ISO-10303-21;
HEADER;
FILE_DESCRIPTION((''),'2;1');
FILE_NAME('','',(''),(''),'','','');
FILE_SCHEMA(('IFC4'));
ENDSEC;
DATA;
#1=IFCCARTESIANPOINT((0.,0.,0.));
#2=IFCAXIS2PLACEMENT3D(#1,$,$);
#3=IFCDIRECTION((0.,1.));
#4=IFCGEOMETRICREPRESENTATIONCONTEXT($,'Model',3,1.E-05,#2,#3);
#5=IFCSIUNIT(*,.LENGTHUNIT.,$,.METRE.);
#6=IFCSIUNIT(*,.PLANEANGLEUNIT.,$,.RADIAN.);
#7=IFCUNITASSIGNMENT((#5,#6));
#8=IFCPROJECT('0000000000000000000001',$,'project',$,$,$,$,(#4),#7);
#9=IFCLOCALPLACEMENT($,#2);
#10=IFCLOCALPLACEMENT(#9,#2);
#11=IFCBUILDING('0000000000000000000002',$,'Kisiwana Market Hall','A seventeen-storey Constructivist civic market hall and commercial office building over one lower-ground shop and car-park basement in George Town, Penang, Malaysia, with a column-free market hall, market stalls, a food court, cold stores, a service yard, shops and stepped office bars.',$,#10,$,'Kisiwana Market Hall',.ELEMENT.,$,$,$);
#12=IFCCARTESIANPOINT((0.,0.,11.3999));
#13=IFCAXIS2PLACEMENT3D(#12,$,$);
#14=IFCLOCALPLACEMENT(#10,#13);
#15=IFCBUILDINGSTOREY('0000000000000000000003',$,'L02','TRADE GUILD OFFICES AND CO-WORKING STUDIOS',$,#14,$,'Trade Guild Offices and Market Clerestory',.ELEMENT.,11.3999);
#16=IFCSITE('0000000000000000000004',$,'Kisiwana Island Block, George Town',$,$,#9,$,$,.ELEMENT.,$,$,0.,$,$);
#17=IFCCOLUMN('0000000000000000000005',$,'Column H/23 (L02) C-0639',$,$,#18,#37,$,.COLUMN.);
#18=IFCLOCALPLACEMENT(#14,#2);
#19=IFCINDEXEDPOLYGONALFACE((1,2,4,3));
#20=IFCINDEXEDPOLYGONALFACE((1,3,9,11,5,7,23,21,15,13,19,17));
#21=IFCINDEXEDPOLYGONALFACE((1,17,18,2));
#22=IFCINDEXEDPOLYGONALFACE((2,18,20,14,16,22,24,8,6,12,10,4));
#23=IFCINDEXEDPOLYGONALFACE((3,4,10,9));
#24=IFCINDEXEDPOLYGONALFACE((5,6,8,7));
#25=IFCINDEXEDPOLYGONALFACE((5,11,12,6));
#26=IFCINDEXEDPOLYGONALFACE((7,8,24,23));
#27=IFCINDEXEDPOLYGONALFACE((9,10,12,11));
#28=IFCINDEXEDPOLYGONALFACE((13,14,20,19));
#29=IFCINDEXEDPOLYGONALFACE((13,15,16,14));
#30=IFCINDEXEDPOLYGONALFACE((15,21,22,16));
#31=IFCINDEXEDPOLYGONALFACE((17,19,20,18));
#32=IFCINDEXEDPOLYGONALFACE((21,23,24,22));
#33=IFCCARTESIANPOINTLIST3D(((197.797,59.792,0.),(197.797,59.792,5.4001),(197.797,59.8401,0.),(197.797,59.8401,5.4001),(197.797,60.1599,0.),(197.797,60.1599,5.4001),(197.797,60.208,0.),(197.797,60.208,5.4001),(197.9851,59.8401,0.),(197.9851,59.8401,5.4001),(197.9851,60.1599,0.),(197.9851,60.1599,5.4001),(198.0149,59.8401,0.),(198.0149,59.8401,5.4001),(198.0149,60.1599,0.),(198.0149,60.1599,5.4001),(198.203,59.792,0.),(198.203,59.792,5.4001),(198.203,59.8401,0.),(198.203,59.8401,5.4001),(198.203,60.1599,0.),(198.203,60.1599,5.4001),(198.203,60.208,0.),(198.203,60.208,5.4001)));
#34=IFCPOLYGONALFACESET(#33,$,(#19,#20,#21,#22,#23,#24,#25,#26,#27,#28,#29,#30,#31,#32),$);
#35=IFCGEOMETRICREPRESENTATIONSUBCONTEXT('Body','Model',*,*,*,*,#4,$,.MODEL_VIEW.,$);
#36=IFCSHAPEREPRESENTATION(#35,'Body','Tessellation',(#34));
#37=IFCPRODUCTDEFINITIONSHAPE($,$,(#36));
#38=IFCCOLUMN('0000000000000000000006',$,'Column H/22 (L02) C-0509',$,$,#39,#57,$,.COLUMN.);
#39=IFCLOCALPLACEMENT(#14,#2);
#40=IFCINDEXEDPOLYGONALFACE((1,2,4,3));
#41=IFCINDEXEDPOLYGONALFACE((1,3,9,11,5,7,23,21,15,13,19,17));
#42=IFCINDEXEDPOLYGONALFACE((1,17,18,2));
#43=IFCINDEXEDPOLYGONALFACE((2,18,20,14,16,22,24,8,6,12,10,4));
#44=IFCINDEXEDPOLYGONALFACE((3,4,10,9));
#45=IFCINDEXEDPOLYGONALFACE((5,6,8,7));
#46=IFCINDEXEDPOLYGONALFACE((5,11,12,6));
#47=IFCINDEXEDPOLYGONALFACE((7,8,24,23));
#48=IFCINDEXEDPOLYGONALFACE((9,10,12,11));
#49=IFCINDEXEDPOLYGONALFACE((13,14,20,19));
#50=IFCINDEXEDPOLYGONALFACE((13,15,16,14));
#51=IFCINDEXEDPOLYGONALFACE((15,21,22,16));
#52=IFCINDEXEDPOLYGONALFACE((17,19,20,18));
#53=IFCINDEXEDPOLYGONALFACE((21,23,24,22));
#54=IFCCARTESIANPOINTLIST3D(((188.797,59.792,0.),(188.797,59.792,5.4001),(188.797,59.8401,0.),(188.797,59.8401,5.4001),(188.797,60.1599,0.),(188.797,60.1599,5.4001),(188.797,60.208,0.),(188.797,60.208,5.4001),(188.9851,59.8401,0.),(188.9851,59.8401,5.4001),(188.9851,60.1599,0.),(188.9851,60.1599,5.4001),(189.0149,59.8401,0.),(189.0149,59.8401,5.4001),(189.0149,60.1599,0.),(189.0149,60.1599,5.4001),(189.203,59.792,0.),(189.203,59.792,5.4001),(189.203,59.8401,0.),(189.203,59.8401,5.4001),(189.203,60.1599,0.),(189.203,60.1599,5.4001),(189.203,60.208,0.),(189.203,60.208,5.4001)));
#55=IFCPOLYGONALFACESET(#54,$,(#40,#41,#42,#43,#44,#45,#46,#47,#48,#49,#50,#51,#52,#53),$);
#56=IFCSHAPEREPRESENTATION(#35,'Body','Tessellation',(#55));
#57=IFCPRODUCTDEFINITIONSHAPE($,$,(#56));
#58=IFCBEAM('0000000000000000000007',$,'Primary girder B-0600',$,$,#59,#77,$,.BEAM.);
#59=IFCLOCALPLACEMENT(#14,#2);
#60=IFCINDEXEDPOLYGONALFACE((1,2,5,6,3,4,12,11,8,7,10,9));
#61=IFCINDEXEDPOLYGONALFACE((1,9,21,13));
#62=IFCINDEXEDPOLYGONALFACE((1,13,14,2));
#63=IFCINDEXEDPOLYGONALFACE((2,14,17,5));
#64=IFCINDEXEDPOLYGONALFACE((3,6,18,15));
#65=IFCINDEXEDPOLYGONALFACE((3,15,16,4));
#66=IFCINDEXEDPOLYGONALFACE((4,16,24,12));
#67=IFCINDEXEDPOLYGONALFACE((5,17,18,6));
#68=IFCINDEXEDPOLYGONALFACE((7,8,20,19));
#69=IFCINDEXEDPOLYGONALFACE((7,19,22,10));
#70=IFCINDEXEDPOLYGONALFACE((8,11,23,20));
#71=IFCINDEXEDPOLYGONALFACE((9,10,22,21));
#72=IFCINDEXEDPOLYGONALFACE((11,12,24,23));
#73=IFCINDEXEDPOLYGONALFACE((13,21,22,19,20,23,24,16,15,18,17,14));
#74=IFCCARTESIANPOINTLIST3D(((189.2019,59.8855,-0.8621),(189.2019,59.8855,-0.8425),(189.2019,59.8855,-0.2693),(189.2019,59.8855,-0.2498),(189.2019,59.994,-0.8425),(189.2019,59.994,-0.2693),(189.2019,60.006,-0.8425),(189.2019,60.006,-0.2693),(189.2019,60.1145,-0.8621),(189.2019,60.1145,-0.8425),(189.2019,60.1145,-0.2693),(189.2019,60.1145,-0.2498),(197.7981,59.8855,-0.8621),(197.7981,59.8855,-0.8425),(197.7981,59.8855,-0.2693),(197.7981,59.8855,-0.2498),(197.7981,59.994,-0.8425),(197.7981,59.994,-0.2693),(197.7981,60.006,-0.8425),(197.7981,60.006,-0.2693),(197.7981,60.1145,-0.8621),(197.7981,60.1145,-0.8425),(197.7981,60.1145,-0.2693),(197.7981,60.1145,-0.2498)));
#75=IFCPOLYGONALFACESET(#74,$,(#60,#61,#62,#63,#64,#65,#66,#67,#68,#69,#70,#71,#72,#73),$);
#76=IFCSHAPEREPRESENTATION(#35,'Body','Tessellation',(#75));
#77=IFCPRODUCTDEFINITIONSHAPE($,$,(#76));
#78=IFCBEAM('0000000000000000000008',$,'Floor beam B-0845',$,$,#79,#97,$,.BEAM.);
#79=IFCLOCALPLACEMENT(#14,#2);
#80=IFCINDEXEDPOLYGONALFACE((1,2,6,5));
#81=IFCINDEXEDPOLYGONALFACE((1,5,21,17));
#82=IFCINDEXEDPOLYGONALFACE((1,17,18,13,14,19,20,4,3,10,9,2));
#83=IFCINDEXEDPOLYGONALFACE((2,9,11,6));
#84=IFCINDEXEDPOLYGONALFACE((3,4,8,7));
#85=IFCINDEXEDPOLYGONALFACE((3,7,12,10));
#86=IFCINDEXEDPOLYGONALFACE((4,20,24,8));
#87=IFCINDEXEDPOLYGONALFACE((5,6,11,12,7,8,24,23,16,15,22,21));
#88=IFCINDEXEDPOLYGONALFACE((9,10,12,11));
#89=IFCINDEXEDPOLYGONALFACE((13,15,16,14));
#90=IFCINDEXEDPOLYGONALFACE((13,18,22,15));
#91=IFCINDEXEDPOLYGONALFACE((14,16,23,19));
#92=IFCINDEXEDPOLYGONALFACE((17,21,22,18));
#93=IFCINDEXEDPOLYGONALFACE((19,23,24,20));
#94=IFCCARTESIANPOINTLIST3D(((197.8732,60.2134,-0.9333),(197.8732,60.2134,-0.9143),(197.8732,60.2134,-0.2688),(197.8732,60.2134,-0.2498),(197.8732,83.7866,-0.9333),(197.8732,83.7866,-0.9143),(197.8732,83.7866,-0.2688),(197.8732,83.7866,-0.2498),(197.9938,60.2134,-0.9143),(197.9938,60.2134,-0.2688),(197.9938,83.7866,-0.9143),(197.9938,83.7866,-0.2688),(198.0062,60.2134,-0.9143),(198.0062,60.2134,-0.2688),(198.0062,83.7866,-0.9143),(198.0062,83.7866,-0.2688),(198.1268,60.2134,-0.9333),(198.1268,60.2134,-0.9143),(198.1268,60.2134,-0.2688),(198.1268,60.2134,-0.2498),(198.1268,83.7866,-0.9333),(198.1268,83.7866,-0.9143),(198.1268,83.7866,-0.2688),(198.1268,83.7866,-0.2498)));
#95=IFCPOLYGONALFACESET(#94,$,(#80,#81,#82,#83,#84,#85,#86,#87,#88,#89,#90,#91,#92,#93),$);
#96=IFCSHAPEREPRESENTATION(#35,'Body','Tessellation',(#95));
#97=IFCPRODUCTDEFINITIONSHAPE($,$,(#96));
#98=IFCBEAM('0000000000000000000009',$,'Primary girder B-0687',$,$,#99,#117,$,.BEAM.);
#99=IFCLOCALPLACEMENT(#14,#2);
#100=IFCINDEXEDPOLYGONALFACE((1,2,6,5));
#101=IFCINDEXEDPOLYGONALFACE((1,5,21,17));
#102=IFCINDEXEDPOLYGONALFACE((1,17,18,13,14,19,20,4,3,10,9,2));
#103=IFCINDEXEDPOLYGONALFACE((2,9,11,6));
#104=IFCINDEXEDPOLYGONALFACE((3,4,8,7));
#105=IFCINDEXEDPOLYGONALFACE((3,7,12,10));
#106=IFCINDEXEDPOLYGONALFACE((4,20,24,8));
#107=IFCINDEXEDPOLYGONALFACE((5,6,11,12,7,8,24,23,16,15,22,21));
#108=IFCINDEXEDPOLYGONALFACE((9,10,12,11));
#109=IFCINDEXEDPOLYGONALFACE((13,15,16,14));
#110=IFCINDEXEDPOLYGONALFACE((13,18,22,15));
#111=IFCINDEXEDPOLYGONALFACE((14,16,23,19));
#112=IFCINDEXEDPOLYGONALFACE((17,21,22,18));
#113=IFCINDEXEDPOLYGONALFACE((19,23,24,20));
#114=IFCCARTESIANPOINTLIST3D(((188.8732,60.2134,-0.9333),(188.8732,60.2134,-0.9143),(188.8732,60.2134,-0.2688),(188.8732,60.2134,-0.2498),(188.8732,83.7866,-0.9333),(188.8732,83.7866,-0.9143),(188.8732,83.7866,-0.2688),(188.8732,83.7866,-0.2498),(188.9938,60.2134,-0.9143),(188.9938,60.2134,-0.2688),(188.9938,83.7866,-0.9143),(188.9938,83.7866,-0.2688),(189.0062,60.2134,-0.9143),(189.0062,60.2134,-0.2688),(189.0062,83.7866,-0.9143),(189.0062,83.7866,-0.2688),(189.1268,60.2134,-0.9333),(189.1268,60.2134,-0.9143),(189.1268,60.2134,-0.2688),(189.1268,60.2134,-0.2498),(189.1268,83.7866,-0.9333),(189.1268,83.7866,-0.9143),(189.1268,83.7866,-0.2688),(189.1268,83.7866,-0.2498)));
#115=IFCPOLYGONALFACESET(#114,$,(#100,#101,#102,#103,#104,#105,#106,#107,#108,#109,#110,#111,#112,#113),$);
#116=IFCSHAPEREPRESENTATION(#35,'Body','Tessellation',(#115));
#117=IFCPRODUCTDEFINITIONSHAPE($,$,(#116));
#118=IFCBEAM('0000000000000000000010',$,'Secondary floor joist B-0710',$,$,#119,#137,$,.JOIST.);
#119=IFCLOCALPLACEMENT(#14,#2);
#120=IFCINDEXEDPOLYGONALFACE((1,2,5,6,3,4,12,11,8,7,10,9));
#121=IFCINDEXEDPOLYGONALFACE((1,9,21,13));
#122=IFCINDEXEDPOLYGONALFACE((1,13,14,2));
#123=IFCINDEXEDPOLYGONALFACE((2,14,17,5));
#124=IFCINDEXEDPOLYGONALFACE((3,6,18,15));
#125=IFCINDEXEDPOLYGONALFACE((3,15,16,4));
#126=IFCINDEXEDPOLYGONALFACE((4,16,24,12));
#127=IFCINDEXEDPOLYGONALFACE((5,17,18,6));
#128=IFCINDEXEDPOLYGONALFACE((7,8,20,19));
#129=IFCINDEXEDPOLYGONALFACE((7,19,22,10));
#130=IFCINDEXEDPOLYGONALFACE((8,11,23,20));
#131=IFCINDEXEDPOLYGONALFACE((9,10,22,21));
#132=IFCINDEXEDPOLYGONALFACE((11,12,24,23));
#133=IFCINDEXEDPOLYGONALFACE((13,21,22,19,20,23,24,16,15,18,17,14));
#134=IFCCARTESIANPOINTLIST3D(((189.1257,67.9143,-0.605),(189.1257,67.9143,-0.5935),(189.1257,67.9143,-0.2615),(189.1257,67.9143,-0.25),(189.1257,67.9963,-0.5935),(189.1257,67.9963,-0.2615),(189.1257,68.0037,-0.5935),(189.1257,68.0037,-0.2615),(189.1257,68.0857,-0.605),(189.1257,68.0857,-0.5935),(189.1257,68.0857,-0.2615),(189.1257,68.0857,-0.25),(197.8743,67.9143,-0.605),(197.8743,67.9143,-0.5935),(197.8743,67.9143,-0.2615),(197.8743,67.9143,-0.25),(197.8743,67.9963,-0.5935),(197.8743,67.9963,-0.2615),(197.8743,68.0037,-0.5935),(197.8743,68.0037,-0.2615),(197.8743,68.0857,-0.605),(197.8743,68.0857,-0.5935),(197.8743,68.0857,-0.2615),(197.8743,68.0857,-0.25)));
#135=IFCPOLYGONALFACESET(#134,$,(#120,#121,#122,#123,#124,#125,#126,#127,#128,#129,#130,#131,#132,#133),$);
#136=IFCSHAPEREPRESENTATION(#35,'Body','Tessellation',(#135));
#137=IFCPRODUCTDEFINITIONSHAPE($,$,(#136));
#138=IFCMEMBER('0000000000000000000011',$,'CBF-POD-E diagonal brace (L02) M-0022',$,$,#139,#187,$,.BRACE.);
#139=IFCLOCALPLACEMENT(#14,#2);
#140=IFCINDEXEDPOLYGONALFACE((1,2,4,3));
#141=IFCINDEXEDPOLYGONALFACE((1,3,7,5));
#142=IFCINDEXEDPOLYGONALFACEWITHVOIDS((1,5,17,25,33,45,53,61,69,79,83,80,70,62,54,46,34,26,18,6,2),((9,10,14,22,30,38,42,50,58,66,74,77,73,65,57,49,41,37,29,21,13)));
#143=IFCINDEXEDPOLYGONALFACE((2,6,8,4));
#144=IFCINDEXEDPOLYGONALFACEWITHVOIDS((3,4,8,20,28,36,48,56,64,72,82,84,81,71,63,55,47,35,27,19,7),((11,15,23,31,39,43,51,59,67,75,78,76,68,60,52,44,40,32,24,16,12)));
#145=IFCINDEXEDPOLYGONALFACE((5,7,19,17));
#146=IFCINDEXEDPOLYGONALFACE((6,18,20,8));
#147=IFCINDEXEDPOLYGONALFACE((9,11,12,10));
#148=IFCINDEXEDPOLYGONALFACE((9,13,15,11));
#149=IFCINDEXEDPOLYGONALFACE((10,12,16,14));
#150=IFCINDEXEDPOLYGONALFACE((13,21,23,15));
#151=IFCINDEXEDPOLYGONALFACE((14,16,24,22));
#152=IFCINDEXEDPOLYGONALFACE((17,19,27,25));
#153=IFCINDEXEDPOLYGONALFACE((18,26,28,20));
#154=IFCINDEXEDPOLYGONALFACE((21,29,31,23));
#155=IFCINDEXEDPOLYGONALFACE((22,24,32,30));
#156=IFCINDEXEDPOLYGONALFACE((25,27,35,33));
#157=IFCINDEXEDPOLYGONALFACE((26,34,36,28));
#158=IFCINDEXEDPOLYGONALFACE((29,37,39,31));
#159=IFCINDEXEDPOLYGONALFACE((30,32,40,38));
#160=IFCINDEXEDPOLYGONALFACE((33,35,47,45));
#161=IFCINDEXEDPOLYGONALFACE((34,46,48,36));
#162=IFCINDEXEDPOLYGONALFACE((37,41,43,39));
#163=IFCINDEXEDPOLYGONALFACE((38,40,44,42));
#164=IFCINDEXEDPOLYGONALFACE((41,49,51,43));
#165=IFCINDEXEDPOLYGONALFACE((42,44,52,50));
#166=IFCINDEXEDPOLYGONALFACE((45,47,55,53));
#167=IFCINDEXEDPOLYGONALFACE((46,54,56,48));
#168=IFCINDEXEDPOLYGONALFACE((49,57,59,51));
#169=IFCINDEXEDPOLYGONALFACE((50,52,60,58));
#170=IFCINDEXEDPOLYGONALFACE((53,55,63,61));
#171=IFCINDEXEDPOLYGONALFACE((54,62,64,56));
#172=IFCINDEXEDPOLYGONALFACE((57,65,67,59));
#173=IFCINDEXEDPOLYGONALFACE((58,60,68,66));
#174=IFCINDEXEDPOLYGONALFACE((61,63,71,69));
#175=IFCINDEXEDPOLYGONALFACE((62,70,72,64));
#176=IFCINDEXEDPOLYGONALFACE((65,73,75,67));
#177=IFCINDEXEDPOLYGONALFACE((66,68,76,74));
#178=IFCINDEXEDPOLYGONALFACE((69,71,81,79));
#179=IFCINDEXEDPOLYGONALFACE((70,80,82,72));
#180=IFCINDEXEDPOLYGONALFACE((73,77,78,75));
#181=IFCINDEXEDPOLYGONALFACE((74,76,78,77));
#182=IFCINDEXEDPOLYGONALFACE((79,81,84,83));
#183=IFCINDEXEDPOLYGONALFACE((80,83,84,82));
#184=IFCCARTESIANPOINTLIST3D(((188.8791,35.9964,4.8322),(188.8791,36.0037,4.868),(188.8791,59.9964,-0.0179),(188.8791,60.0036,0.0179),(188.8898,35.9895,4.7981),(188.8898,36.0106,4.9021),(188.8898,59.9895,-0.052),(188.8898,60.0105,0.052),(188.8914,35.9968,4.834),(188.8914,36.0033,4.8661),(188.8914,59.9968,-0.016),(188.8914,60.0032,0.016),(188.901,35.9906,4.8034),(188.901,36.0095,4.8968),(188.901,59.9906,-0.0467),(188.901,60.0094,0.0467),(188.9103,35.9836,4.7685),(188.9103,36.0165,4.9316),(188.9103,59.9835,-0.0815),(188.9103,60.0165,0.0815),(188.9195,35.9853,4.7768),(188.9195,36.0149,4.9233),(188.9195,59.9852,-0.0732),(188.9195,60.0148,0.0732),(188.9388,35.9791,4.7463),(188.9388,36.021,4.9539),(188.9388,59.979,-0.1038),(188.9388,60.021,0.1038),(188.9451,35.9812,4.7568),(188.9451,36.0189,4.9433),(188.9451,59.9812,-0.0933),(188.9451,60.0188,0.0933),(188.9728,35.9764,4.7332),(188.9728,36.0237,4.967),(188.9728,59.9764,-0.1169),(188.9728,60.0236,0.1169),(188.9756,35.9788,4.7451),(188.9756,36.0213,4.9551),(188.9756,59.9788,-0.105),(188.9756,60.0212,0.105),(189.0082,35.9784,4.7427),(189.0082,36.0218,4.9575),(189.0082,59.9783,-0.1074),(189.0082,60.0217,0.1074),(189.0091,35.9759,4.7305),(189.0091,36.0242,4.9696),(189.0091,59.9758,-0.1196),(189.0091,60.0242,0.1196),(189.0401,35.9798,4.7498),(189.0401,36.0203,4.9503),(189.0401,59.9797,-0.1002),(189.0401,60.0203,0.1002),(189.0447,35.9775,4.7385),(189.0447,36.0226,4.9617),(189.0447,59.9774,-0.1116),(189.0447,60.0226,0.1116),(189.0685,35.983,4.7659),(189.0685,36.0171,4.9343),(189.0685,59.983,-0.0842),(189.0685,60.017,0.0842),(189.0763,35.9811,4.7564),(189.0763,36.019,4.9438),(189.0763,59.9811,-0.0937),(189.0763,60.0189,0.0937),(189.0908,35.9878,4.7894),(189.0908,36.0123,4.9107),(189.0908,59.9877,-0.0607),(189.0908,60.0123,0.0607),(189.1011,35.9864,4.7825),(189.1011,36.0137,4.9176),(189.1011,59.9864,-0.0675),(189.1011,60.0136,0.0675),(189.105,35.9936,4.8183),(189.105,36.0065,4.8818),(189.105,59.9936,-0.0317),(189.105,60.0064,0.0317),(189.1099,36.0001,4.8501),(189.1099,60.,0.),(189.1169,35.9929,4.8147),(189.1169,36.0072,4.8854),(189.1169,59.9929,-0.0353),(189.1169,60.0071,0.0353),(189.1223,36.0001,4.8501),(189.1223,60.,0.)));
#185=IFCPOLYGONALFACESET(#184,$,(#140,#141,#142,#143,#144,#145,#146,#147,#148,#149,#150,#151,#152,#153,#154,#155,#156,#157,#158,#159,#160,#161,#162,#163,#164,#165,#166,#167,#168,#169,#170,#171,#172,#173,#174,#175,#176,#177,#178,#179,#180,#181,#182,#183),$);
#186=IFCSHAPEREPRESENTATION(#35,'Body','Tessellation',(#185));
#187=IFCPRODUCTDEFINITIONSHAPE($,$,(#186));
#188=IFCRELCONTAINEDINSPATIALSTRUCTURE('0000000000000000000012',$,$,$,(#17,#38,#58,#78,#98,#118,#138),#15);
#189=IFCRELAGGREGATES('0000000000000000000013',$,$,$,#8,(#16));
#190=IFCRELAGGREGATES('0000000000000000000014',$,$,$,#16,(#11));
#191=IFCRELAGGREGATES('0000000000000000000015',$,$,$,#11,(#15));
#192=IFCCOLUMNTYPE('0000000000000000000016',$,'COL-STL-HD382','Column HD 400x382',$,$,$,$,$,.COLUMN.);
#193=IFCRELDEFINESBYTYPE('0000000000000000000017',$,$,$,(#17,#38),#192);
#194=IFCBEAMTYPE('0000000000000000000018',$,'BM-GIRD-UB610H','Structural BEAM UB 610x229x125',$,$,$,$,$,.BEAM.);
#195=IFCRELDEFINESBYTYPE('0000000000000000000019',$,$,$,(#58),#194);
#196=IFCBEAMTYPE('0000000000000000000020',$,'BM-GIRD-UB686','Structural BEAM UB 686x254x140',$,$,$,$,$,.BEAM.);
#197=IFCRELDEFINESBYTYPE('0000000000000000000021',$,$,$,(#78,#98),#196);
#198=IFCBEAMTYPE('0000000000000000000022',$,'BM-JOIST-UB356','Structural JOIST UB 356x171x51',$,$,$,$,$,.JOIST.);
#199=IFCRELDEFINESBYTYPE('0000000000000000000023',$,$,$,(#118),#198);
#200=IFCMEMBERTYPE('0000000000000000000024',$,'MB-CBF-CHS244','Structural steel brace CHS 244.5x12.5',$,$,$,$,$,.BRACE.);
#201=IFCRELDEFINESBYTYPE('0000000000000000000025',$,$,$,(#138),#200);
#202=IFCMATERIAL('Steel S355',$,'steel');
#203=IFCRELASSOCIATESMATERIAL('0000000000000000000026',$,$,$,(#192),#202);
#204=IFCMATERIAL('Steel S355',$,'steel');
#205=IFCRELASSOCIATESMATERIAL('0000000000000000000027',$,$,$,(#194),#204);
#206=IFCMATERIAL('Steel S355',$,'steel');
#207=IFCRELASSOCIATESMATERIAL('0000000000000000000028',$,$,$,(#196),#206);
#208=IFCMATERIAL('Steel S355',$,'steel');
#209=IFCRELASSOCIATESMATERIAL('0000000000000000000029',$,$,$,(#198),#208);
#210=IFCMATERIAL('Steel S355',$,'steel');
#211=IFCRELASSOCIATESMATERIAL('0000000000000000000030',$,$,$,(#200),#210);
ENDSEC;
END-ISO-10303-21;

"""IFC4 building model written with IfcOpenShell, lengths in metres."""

from ifc_helpers import new_model, si_unit, direction, frame, origin, origin_2d, place, context, subcontext, project, spatial, hollow_circle, i_section, extrude, material, material_profile, profile_set, type_object, element, save


model = new_model("IFC4")

# Units and contexts
model_context = context("Model", 3, precision=1e-05, world=origin(), true_north=direction((0.0, 1.0)))
body_context = subcontext(model_context, "Body", "Model", "MODEL_VIEW")
ifc_project = project(units=[si_unit("LENGTHUNIT", "METRE"), si_unit("PLANEANGLEUNIT", "RADIAN")], contexts=[model_context])

# Site, building, storey
site_placement = place(None, origin())
site = spatial("IfcSite", under=ifc_project, at=site_placement, Name="Kisiwana Island Block, George Town", CompositionType="ELEMENT", RefElevation=0.0)
building_placement = place(site_placement, origin())
building = spatial("IfcBuilding", under=site, at=building_placement, Name="Kisiwana Market Hall", Description="A seventeen-storey Constructivist civic market hall and commercial office building over one lower-ground shop and car-park basement in George Town, Penang, Malaysia, with a column-free market hall, market stalls, a food court, cold stores, a service yard, shops and stepped office bars.", LongName="Kisiwana Market Hall", CompositionType="ELEMENT")
storey_placement = place(building_placement, frame((0.0, 0.0, 11.3999)))
storey = spatial("IfcBuildingStorey", under=building, at=storey_placement, Name="L02", Description="TRADE GUILD OFFICES AND CO-WORKING STUDIOS", LongName="Trade Guild Offices and Market Clerestory", CompositionType="ELEMENT", Elevation=11.3999)

# Columns
ifc_material_1 = material(Name="Steel S355", Category="steel")
ifc_material_profile_1 = material_profile(ifc_material_1, i_section(OverallWidth=0.406, OverallDepth=0.416, WebThickness=0.0298, FlangeThickness=0.0481, at=origin_2d()), Name="HD 400x382")
ifc_profile_set_1 = profile_set([ifc_material_profile_1], Name="Steel S355")
column_type = type_object("IfcColumnType", Name="COL-STL-HD382", Description="Column HD 400x382", PredefinedType="COLUMN", material=ifc_profile_set_1)
for number, where, z_axis, x_axis, name in (
    (1, (198.0, 60.0, 0.0), (0.0, 0.0, 1.0), (1.0, 0.0, 0.0), "Column H/23 (L02) C-0639"),
    (2, (189.0, 60.0, 0.0), (0.0, 0.0, 1.0), (1.0, 0.0, 0.0), "Column H/22 (L02) C-0509"),
):
    element("IfcColumn", number, at=place(storey_placement, frame(where, z_axis=z_axis, x_axis=x_axis)), inside=storey, type_object=column_type, Name=name, PredefinedType="COLUMN", context=body_context, shape_type="SweptSolid", body=[
        extrude(i_section(OverallWidth=0.406, OverallDepth=0.416, WebThickness=0.0298, FlangeThickness=0.0481, at=origin_2d()), origin(), (0.0, 0.0, 1.0), 5.4001),
    ])

# Beams
ifc_material_2 = material(Name="Steel S355", Category="steel")
ifc_material_profile_2 = material_profile(ifc_material_2, i_section(OverallWidth=0.229, OverallDepth=0.6123, WebThickness=0.012, FlangeThickness=0.0195, at=origin_2d()), Name="UB 610x229x125")
ifc_profile_set_2 = profile_set([ifc_material_profile_2], Name="Steel S355")
beam_type_1 = type_object("IfcBeamType", Name="BM-GIRD-UB610H", Description="Structural BEAM UB 610x229x125", PredefinedType="BEAM", material=ifc_profile_set_2)
beam_1_placement = place(storey_placement, frame((189.2019, 60.0, -0.5559), z_axis=(1.0, 0.0, 0.0), x_axis=(0.0, 1.0, 0.0)))
element("IfcBeam", 3, at=beam_1_placement, inside=storey, type_object=beam_type_1, Name="Primary girder B-0600", PredefinedType="BEAM", context=body_context, shape_type="SweptSolid", body=[
    extrude(i_section(OverallWidth=0.229, OverallDepth=0.6123, WebThickness=0.012, FlangeThickness=0.0195, at=origin_2d()), origin(), (0.0, 0.0, 1.0), 8.5962),
])
ifc_material_3 = material(Name="Steel S355", Category="steel")
ifc_material_profile_3 = material_profile(ifc_material_3, i_section(OverallWidth=0.2537, OverallDepth=0.6836, WebThickness=0.0125, FlangeThickness=0.019, at=origin_2d()), Name="UB 686x254x140")
ifc_profile_set_3 = profile_set([ifc_material_profile_3], Name="Steel S355")
beam_type_2 = type_object("IfcBeamType", Name="BM-GIRD-UB686", Description="Structural BEAM UB 686x254x140", PredefinedType="BEAM", material=ifc_profile_set_3)
for number, where, z_axis, x_axis, name in (
    (4, (198.0, 60.2134, -0.5916), (0.0, 1.0, 0.0), (-1.0, 0.0, 0.0), "Floor beam B-0845"),
    (5, (189.0, 60.2134, -0.5916), (0.0, 1.0, 0.0), (-1.0, 0.0, 0.0), "Primary girder B-0687"),
):
    element("IfcBeam", number, at=place(storey_placement, frame(where, z_axis=z_axis, x_axis=x_axis)), inside=storey, type_object=beam_type_2, Name=name, PredefinedType="BEAM", context=body_context, shape_type="SweptSolid", body=[
        extrude(i_section(OverallWidth=0.2537, OverallDepth=0.6836, WebThickness=0.0125, FlangeThickness=0.019, at=origin_2d()), origin(), (0.0, 0.0, 1.0), 23.5732),
    ])
ifc_material_4 = material(Name="Steel S355", Category="steel")
ifc_material_profile_4 = material_profile(ifc_material_4, i_section(OverallWidth=0.1714, OverallDepth=0.355, WebThickness=0.0073, FlangeThickness=0.0115, at=origin_2d()), Name="UB 356x171x51")
ifc_profile_set_4 = profile_set([ifc_material_profile_4], Name="Steel S355")
beam_type_3 = type_object("IfcBeamType", Name="BM-JOIST-UB356", Description="Structural JOIST UB 356x171x51", PredefinedType="JOIST", material=ifc_profile_set_4)
beam_2_placement = place(storey_placement, frame((189.1257, 68.0, -0.4275), z_axis=(1.0, 0.0, 0.0), x_axis=(0.0, 1.0, 0.0)))
element("IfcBeam", 6, at=beam_2_placement, inside=storey, type_object=beam_type_3, Name="Secondary floor joist B-0710", PredefinedType="JOIST", context=body_context, shape_type="SweptSolid", body=[
    extrude(i_section(OverallWidth=0.1714, OverallDepth=0.355, WebThickness=0.0073, FlangeThickness=0.0115, at=origin_2d()), origin(), (0.0, 0.0, 1.0), 8.7485),
])

# Member
ifc_material_5 = material(Name="Steel S355", Category="steel")
ifc_material_profile_5 = material_profile(ifc_material_5, hollow_circle(Radius=0.1223, WallThickness=0.0125, at=origin_2d()), Name="CHS 244.5x12.5")
ifc_profile_set_5 = profile_set([ifc_material_profile_5], Name="Steel S355")
member_type = type_object("IfcMemberType", Name="MB-CBF-CHS244", Description="Structural steel brace CHS 244.5x12.5", PredefinedType="BRACE", material=ifc_profile_set_5)
member_placement = place(storey_placement, frame((189.0, 60.0, 0.0), z_axis=(0.0, -0.980185, 0.198083), x_axis=(1.0, 0.0, 0.0)))
element("IfcMember", 7, at=member_placement, inside=storey, type_object=member_type, Name="CBF-POD-E diagonal brace (L02) M-0022", PredefinedType="BRACE", context=body_context, shape_type="SweptSolid", body=[
    extrude(hollow_circle(Radius=0.1223, WallThickness=0.0125, at=origin_2d()), origin(), (0.0, 0.0, 1.0), 24.4851),
])

save(model, "model.ifc")
